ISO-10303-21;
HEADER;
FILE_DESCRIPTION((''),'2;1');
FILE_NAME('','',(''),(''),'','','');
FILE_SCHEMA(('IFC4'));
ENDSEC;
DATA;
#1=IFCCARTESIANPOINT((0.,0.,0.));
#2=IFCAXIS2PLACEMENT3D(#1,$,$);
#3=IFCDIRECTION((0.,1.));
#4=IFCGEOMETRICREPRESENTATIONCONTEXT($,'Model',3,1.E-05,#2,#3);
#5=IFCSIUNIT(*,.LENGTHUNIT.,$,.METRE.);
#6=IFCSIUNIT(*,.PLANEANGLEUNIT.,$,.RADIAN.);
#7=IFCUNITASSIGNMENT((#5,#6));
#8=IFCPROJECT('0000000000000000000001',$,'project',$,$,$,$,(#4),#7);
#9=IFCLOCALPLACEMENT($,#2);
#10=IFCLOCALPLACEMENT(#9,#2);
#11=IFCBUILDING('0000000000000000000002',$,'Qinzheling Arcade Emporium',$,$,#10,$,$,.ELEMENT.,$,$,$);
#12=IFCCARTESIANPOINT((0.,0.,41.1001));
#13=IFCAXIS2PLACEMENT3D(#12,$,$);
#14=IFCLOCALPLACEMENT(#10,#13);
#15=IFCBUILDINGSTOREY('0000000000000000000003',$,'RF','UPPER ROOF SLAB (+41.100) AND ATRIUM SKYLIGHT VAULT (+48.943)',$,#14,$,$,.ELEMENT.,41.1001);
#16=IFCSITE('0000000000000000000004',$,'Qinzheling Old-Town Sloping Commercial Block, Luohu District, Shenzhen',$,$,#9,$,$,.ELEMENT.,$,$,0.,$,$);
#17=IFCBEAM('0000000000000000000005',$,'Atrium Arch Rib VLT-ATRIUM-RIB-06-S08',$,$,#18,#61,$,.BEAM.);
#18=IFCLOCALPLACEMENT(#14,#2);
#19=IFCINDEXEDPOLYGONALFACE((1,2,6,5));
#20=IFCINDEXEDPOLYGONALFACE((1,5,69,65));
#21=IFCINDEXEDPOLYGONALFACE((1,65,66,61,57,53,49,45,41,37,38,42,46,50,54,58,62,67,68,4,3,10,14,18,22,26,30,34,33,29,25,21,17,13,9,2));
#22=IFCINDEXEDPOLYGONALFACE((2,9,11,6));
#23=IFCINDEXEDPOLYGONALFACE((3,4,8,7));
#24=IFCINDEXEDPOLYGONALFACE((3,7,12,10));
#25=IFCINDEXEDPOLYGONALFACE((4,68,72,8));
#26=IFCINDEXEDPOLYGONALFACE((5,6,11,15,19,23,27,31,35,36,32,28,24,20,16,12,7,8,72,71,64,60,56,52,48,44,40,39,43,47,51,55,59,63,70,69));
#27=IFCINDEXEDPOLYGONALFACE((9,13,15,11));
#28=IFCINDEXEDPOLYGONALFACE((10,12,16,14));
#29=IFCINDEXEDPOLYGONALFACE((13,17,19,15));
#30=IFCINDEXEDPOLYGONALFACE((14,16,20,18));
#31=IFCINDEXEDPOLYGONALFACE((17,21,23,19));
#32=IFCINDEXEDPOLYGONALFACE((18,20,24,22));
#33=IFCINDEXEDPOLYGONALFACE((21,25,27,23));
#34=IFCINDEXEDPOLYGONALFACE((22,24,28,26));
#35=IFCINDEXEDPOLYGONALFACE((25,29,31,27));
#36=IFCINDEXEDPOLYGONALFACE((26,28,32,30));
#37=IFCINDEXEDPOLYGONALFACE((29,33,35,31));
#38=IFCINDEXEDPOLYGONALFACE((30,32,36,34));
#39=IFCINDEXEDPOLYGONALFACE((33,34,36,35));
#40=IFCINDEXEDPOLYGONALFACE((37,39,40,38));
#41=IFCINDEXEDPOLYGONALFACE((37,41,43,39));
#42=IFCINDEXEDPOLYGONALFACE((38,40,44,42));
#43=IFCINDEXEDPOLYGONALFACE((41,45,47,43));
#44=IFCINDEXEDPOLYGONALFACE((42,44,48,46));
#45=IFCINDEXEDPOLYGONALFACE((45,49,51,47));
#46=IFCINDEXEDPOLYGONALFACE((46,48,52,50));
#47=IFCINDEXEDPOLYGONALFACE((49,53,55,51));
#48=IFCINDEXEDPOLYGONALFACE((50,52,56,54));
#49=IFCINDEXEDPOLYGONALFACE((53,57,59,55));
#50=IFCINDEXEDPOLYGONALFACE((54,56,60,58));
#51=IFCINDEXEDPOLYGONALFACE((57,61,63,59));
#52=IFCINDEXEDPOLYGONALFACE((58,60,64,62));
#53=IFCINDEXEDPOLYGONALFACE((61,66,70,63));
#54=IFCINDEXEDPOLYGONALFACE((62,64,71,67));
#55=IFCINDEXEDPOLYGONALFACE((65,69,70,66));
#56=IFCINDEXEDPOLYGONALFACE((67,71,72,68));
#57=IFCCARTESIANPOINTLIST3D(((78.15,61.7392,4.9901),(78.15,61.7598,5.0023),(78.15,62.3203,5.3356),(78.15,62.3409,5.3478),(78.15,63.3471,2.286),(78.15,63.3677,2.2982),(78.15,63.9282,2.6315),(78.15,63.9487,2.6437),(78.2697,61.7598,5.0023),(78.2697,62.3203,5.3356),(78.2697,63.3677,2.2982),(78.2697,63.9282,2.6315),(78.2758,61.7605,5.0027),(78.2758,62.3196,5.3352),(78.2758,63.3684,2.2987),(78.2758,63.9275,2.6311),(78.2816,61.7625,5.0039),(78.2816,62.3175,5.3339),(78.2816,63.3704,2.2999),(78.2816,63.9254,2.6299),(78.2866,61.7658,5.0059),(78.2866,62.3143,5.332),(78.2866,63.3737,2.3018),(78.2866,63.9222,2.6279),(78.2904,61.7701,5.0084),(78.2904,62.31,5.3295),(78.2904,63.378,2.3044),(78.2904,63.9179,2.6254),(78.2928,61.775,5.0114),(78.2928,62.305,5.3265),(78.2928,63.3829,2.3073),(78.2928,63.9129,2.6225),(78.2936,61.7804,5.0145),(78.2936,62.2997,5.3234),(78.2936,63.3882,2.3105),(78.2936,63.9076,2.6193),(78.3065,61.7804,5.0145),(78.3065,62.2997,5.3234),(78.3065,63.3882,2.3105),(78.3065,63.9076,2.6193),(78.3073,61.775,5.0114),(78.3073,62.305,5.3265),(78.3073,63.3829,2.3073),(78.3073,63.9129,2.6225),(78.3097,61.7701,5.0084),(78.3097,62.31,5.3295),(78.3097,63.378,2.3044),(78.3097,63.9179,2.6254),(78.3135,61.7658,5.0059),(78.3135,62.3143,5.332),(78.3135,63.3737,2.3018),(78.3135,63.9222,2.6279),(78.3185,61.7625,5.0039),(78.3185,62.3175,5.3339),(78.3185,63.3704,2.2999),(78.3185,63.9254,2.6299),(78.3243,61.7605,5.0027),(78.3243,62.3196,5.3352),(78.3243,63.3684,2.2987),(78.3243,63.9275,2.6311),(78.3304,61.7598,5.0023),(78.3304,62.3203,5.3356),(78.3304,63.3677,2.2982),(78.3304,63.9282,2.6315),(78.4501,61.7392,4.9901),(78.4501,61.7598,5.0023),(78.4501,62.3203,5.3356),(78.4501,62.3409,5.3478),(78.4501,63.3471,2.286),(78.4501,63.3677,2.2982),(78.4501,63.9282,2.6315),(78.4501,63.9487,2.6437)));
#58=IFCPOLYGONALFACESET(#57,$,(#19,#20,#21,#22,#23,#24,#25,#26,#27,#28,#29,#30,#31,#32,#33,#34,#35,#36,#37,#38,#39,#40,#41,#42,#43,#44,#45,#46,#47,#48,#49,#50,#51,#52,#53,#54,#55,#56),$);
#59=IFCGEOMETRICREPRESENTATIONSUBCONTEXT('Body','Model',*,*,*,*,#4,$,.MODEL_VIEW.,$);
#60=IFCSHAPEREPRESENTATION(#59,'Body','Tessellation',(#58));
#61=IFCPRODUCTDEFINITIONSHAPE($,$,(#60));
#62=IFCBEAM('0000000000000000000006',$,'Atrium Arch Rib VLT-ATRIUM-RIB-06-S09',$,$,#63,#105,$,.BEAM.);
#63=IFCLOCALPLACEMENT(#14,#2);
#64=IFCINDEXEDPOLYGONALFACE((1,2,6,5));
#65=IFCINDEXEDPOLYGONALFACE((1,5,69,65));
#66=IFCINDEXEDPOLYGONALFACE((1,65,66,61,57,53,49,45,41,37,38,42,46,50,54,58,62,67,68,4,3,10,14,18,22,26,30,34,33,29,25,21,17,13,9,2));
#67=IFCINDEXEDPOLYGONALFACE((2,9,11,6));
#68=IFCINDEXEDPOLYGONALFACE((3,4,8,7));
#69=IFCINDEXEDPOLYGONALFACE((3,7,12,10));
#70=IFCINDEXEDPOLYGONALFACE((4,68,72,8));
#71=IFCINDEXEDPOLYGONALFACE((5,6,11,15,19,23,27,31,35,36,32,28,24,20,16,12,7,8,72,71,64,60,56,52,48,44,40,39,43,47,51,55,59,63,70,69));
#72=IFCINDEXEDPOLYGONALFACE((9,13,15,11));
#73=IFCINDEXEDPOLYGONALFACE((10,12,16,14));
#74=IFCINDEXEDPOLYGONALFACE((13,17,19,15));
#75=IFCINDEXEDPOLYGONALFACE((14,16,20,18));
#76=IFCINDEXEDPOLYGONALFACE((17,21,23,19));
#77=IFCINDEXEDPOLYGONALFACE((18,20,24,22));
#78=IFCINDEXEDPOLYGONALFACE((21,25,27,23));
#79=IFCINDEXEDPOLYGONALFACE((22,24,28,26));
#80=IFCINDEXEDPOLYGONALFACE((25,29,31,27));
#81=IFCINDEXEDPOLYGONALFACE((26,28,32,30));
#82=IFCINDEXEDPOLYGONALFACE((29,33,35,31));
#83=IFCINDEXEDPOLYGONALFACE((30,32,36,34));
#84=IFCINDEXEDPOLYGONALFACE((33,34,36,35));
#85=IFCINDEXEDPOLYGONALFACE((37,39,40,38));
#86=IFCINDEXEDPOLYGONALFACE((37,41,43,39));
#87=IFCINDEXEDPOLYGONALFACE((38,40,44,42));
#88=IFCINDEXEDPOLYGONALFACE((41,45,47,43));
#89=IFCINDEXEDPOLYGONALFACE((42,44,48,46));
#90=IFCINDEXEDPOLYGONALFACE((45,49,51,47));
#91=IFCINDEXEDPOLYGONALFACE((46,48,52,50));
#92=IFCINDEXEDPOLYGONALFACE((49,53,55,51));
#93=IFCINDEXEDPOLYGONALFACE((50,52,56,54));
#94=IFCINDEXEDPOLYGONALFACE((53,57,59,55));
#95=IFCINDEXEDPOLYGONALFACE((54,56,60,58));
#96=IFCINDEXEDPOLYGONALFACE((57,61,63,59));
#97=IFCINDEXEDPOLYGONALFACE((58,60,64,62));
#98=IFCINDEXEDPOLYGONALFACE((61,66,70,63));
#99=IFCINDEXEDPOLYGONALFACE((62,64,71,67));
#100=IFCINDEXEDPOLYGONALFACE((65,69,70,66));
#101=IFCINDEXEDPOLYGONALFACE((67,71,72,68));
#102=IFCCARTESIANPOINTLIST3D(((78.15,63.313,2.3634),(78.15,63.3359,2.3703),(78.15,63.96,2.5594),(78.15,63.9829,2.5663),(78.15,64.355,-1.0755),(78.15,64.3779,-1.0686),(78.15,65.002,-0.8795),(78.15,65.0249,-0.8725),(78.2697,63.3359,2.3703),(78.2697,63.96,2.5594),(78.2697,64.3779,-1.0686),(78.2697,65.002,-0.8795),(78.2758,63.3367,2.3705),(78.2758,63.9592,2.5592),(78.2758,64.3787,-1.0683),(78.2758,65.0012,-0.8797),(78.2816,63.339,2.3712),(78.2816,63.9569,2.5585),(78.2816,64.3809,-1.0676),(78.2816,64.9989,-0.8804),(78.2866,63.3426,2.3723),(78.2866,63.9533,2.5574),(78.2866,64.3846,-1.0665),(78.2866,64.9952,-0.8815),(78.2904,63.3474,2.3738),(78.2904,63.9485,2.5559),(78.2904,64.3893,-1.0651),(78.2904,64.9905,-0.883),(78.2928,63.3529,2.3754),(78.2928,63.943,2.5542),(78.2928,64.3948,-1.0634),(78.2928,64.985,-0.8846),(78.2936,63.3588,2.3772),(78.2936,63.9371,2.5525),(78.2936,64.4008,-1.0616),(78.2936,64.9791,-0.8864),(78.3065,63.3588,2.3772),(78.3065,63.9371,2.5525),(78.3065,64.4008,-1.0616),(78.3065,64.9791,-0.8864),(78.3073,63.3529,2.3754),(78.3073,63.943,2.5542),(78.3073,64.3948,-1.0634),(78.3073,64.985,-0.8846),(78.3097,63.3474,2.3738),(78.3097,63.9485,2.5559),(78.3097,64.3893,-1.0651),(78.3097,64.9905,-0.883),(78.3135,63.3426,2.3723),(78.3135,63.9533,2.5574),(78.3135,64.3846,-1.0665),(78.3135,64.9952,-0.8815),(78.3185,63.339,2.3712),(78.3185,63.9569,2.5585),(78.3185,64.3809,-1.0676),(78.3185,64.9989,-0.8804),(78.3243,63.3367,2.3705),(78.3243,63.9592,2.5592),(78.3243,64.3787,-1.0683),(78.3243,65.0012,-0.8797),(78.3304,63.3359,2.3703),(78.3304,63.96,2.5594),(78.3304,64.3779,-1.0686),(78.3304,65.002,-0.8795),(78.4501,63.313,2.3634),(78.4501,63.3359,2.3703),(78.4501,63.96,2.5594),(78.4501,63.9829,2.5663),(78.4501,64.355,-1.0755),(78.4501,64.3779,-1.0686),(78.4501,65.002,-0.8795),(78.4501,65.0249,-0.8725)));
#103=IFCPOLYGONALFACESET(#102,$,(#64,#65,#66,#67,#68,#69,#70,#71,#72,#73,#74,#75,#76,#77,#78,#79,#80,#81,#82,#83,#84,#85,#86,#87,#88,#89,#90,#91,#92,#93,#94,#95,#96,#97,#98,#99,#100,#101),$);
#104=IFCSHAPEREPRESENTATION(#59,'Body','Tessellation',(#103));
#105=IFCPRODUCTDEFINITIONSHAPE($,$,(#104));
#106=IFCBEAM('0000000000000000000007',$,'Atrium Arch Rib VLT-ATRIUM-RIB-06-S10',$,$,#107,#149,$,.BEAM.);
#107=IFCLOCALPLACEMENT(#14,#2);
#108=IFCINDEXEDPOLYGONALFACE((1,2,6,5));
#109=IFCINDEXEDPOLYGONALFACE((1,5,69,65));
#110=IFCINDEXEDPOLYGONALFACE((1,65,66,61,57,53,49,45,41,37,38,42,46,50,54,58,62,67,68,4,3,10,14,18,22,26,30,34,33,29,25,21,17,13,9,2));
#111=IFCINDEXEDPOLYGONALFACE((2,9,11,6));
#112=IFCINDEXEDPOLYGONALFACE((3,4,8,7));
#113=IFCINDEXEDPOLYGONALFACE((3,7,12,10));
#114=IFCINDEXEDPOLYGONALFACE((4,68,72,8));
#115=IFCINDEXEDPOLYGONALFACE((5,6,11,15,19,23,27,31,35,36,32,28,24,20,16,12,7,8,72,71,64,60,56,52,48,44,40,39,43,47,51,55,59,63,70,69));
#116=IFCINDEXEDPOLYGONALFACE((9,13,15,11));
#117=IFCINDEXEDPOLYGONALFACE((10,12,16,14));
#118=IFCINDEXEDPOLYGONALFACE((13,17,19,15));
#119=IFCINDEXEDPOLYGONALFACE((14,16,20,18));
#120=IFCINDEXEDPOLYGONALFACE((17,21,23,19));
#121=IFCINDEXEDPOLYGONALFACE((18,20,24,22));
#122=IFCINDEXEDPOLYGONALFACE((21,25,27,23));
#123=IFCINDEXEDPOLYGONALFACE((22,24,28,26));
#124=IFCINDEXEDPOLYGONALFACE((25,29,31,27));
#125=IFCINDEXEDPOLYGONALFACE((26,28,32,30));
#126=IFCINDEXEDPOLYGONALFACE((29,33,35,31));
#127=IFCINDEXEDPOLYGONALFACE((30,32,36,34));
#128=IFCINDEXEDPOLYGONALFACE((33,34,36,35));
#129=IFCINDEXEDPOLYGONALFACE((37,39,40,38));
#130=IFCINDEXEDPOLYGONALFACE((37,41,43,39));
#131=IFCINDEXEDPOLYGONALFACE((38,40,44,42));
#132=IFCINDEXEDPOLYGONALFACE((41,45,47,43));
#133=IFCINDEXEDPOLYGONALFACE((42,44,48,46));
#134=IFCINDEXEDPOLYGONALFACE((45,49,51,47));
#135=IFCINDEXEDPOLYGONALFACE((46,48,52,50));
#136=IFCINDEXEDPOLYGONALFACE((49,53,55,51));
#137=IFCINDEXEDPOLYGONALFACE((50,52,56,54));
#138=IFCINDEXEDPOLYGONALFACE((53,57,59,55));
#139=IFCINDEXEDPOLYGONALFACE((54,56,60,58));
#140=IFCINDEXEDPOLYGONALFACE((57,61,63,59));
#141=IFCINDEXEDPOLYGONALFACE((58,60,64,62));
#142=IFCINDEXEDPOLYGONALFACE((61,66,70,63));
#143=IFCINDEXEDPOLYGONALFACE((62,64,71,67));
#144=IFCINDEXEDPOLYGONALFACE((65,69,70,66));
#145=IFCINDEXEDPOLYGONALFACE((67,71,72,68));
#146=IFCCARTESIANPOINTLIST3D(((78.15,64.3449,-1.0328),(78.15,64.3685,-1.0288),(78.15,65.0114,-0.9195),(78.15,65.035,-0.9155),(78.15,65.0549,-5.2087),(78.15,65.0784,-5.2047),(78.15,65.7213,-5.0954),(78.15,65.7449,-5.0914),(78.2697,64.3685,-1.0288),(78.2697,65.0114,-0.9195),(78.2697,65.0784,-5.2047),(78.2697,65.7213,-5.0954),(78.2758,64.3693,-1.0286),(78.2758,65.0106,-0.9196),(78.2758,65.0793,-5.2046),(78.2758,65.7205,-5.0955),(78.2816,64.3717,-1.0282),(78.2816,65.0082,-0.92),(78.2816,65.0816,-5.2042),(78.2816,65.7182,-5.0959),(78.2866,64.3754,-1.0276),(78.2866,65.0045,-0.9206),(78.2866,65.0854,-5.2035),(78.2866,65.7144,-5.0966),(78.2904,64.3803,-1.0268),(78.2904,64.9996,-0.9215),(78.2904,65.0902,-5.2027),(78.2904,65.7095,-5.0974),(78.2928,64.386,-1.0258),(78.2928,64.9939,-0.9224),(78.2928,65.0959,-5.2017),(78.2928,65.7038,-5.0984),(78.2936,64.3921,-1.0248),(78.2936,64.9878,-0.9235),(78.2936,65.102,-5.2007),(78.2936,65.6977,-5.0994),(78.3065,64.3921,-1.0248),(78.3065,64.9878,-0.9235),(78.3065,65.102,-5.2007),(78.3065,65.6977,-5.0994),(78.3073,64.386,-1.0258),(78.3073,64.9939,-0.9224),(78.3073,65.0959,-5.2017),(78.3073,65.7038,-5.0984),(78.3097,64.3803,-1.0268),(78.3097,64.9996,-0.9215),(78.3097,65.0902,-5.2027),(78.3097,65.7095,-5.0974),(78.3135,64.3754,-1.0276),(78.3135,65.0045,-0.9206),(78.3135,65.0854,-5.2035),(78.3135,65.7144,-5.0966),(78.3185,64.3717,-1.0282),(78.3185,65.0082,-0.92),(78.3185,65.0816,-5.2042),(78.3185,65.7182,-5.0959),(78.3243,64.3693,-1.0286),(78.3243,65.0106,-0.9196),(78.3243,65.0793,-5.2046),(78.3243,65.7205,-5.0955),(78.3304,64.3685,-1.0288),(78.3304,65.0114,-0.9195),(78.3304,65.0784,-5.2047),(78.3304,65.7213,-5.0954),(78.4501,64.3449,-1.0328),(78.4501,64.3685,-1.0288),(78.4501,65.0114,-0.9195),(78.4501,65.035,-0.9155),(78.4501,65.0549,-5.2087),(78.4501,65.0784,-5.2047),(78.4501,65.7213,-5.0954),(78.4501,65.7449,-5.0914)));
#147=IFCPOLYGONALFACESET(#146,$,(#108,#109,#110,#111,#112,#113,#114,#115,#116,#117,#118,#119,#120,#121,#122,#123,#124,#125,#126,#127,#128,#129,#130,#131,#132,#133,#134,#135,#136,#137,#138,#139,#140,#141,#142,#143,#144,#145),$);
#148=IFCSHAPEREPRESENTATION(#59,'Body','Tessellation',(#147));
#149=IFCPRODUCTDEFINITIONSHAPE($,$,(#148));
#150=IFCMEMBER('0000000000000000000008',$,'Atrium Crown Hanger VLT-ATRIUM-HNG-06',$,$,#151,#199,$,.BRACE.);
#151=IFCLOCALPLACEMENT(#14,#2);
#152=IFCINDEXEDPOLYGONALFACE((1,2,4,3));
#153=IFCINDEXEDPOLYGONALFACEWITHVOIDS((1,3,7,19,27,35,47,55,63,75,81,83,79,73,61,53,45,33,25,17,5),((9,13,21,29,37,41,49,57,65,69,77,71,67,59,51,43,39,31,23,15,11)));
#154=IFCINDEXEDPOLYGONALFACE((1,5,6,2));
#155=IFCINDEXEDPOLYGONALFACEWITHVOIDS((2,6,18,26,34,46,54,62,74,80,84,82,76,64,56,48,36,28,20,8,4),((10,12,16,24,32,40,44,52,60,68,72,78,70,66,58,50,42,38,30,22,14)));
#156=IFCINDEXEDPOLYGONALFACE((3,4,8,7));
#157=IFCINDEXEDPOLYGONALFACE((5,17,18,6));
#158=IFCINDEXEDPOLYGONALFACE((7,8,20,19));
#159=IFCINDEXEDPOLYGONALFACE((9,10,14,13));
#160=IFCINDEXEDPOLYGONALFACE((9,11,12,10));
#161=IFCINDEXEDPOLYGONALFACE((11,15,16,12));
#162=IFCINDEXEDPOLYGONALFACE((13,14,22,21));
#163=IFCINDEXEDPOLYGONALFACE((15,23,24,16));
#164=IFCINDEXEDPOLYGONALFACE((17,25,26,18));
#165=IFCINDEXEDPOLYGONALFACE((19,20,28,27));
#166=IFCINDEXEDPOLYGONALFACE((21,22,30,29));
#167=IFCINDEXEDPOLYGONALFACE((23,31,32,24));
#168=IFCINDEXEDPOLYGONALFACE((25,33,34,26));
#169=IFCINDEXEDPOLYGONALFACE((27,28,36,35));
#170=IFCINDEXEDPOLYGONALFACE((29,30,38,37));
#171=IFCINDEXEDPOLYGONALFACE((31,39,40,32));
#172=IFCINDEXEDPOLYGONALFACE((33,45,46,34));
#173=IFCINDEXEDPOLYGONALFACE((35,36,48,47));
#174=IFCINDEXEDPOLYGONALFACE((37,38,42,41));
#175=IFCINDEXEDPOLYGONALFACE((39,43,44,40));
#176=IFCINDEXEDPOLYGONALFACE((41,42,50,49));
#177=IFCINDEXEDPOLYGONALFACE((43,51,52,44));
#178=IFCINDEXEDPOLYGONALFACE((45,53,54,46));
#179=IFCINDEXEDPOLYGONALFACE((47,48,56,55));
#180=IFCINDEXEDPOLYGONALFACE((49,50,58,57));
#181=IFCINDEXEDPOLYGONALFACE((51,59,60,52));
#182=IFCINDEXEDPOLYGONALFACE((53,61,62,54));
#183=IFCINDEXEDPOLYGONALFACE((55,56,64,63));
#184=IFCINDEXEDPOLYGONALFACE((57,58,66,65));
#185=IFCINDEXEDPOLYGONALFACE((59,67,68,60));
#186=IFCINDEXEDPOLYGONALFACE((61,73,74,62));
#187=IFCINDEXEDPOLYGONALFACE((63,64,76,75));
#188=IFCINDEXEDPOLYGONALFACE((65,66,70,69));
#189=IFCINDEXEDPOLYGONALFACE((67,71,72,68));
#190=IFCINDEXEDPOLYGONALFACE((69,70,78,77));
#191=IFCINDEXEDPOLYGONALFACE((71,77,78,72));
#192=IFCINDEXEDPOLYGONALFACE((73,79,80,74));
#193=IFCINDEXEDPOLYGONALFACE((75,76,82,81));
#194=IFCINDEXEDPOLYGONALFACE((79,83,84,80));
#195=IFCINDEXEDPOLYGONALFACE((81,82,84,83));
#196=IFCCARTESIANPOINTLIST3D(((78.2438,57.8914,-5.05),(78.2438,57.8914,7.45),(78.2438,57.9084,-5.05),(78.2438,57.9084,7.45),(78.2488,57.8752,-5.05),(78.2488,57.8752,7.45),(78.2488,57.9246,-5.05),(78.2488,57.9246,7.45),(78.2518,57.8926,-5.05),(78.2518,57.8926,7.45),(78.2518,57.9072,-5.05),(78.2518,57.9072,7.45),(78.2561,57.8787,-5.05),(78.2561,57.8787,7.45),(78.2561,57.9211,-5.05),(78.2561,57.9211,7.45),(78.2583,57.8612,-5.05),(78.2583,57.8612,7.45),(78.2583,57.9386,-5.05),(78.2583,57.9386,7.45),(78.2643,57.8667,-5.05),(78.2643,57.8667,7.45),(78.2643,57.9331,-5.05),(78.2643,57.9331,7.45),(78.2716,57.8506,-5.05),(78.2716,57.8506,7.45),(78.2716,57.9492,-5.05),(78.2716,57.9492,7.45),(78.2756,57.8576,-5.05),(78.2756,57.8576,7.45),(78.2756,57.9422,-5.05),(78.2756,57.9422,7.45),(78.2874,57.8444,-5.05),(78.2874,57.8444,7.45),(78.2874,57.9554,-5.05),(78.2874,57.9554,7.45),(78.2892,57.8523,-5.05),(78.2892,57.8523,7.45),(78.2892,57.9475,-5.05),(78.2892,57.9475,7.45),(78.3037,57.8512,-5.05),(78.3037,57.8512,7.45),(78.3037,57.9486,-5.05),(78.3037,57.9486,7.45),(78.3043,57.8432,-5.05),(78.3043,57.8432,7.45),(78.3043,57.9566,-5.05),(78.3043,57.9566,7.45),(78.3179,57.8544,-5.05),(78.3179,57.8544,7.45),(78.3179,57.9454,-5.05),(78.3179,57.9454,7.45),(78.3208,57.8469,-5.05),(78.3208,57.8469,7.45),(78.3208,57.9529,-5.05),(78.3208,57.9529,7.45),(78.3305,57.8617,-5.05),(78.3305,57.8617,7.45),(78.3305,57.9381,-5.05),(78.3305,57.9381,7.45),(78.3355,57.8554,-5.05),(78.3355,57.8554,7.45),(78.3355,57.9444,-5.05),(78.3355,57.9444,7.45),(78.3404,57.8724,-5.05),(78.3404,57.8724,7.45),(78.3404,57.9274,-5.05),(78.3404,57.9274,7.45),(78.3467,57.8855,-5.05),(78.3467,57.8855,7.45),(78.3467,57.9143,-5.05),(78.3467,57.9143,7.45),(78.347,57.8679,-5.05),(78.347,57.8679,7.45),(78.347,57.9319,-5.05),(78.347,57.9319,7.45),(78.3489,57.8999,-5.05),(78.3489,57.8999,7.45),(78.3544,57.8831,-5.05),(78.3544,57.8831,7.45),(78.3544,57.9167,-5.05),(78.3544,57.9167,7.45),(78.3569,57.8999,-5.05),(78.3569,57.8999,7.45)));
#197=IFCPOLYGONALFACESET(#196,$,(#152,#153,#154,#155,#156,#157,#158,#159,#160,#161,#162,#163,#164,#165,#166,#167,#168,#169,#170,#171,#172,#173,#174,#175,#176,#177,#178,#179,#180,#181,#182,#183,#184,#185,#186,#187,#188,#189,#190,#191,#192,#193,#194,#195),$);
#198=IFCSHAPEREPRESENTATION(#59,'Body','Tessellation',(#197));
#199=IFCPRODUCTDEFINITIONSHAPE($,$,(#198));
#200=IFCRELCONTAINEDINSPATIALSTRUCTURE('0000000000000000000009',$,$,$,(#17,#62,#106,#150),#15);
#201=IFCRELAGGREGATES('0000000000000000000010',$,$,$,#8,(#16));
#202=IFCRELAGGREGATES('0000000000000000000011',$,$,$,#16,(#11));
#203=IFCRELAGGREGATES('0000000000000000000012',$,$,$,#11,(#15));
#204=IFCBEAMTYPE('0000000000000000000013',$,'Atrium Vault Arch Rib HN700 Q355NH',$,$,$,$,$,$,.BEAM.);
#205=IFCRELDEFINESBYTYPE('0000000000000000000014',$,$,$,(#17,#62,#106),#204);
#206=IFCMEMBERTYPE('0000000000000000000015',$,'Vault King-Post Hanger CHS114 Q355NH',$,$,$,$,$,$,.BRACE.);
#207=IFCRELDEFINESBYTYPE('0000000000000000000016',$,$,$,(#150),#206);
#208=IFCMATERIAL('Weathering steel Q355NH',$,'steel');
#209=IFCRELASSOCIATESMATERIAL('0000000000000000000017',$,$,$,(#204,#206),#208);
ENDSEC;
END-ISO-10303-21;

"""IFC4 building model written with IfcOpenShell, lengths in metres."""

from ifc_helpers import new_model, si_unit, direction, frame, origin, origin_2d, place, context, subcontext, project, spatial, hollow_circle, i_section, extrude, material, material_profile, profile_set, type_object, element, save


model = new_model("IFC4")

# Units and contexts
model_context = context("Model", 3, precision=1e-05, world=origin(), true_north=direction((0.0, 1.0)))
body_context = subcontext(model_context, "Body", "Model", "MODEL_VIEW")
ifc_project = project(units=[si_unit("LENGTHUNIT", "METRE"), si_unit("PLANEANGLEUNIT", "RADIAN")], contexts=[model_context])

# Site, building, storey
site_placement = place(None, origin())
site = spatial("IfcSite", under=ifc_project, at=site_placement, Name="Qinzheling Old-Town Sloping Commercial Block, Luohu District, Shenzhen", CompositionType="ELEMENT", RefElevation=0.0)
building_placement = place(site_placement, origin())
building = spatial("IfcBuilding", under=site, at=building_placement, Name="Qinzheling Arcade Emporium", CompositionType="ELEMENT")
storey_placement = place(building_placement, frame((0.0, 0.0, 41.1001)))
storey = spatial("IfcBuildingStorey", under=building, at=storey_placement, Name="RF", Description="UPPER ROOF SLAB (+41.100) AND ATRIUM SKYLIGHT VAULT (+48.943)", CompositionType="ELEMENT", Elevation=41.1001)

# Shared definitions
ifc_material_1 = material(Name="Weathering steel Q355NH", Category="steel")

# Beams
ifc_material_profile_1 = material_profile(ifc_material_1, i_section(OverallWidth=0.3, OverallDepth=0.7, WebThickness=0.0129, FlangeThickness=0.0239, FilletRadius=0.0239, at=origin_2d()), Name="HN 700x300x13x24", Category="steel")
ifc_profile_set_1 = profile_set([ifc_material_profile_1], Name="Weathering steel Q355NH")
beam_type_1 = type_object("IfcBeamType", Name="Atrium Vault Arch Rib HN700 Q355NH", PredefinedType="BEAM", material=ifc_profile_set_1)
beam_1_placement = place(storey_placement, frame((78.3, 62.04, 5.1689), z_axis=(0.0, 0.511091, -0.859527), x_axis=(-1.0, 0.0, 0.0)))
element("IfcBeam", 1, at=beam_1_placement, inside=storey, type_object=beam_type_1, Name="Atrium Arch Rib VLT-ATRIUM-RIB-06-S08", PredefinedType="BEAM", context=body_context, shape_type="SweptSolid", body=[
    extrude(i_section(OverallWidth=0.3, OverallDepth=0.7, WebThickness=0.0129, FlangeThickness=0.0239, FilletRadius=0.0239, at=origin_2d()), origin(), (0.0, 0.0, 1.0), 3.146),
])
beam_2_placement = place(storey_placement, frame((78.3, 63.6479, 2.4648), z_axis=(0.0, 0.289977, -0.957034), x_axis=(-1.0, 0.0, 0.0)))
element("IfcBeam", 2, at=beam_2_placement, inside=storey, type_object=beam_type_1, Name="Atrium Arch Rib VLT-ATRIUM-RIB-06-S09", PredefinedType="BEAM", context=body_context, shape_type="SweptSolid", body=[
    extrude(i_section(OverallWidth=0.3, OverallDepth=0.7, WebThickness=0.0129, FlangeThickness=0.0239, FilletRadius=0.0239, at=origin_2d()), origin(), (0.0, 0.0, 1.0), 3.5933),
])
beam_3_placement = place(storey_placement, frame((78.3, 64.6899, -0.9741), z_axis=(0.0, 0.167604, -0.985854), x_axis=(-1.0, 0.0, 0.0)))
element("IfcBeam", 3, at=beam_3_placement, inside=storey, type_object=beam_type_1, Name="Atrium Arch Rib VLT-ATRIUM-RIB-06-S10", PredefinedType="BEAM", context=body_context, shape_type="SweptSolid", body=[
    extrude(i_section(OverallWidth=0.3, OverallDepth=0.7, WebThickness=0.0129, FlangeThickness=0.0239, FilletRadius=0.0239, at=origin_2d()), origin(), (0.0, 0.0, 1.0), 4.2358),
])

# Member
ifc_material_profile_2 = material_profile(ifc_material_1, hollow_circle(Radius=0.0569, WallThickness=0.0081, at=origin_2d()), Name="CHS 114x8", Category="steel")
ifc_profile_set_2 = profile_set([ifc_material_profile_2], Name="Weathering steel Q355NH")
member_type_1 = type_object("IfcMemberType", Name="Vault King-Post Hanger CHS114 Q355NH", PredefinedType="BRACE", material=ifc_profile_set_2)
member_1_placement = place(storey_placement, frame((78.3, 57.8999, -5.05), z_axis=(0.0, 0.0, 1.0), x_axis=(1.0, 0.0, 0.0)))
element("IfcMember", 4, at=member_1_placement, inside=storey, type_object=member_type_1, Name="Atrium Crown Hanger VLT-ATRIUM-HNG-06", PredefinedType="BRACE", context=body_context, shape_type="SweptSolid", body=[
    extrude(hollow_circle(Radius=0.0569, WallThickness=0.0081, at=origin_2d()), origin(), (0.0, 0.0, 1.0), 12.5),
])

save(model, "model.ifc")
